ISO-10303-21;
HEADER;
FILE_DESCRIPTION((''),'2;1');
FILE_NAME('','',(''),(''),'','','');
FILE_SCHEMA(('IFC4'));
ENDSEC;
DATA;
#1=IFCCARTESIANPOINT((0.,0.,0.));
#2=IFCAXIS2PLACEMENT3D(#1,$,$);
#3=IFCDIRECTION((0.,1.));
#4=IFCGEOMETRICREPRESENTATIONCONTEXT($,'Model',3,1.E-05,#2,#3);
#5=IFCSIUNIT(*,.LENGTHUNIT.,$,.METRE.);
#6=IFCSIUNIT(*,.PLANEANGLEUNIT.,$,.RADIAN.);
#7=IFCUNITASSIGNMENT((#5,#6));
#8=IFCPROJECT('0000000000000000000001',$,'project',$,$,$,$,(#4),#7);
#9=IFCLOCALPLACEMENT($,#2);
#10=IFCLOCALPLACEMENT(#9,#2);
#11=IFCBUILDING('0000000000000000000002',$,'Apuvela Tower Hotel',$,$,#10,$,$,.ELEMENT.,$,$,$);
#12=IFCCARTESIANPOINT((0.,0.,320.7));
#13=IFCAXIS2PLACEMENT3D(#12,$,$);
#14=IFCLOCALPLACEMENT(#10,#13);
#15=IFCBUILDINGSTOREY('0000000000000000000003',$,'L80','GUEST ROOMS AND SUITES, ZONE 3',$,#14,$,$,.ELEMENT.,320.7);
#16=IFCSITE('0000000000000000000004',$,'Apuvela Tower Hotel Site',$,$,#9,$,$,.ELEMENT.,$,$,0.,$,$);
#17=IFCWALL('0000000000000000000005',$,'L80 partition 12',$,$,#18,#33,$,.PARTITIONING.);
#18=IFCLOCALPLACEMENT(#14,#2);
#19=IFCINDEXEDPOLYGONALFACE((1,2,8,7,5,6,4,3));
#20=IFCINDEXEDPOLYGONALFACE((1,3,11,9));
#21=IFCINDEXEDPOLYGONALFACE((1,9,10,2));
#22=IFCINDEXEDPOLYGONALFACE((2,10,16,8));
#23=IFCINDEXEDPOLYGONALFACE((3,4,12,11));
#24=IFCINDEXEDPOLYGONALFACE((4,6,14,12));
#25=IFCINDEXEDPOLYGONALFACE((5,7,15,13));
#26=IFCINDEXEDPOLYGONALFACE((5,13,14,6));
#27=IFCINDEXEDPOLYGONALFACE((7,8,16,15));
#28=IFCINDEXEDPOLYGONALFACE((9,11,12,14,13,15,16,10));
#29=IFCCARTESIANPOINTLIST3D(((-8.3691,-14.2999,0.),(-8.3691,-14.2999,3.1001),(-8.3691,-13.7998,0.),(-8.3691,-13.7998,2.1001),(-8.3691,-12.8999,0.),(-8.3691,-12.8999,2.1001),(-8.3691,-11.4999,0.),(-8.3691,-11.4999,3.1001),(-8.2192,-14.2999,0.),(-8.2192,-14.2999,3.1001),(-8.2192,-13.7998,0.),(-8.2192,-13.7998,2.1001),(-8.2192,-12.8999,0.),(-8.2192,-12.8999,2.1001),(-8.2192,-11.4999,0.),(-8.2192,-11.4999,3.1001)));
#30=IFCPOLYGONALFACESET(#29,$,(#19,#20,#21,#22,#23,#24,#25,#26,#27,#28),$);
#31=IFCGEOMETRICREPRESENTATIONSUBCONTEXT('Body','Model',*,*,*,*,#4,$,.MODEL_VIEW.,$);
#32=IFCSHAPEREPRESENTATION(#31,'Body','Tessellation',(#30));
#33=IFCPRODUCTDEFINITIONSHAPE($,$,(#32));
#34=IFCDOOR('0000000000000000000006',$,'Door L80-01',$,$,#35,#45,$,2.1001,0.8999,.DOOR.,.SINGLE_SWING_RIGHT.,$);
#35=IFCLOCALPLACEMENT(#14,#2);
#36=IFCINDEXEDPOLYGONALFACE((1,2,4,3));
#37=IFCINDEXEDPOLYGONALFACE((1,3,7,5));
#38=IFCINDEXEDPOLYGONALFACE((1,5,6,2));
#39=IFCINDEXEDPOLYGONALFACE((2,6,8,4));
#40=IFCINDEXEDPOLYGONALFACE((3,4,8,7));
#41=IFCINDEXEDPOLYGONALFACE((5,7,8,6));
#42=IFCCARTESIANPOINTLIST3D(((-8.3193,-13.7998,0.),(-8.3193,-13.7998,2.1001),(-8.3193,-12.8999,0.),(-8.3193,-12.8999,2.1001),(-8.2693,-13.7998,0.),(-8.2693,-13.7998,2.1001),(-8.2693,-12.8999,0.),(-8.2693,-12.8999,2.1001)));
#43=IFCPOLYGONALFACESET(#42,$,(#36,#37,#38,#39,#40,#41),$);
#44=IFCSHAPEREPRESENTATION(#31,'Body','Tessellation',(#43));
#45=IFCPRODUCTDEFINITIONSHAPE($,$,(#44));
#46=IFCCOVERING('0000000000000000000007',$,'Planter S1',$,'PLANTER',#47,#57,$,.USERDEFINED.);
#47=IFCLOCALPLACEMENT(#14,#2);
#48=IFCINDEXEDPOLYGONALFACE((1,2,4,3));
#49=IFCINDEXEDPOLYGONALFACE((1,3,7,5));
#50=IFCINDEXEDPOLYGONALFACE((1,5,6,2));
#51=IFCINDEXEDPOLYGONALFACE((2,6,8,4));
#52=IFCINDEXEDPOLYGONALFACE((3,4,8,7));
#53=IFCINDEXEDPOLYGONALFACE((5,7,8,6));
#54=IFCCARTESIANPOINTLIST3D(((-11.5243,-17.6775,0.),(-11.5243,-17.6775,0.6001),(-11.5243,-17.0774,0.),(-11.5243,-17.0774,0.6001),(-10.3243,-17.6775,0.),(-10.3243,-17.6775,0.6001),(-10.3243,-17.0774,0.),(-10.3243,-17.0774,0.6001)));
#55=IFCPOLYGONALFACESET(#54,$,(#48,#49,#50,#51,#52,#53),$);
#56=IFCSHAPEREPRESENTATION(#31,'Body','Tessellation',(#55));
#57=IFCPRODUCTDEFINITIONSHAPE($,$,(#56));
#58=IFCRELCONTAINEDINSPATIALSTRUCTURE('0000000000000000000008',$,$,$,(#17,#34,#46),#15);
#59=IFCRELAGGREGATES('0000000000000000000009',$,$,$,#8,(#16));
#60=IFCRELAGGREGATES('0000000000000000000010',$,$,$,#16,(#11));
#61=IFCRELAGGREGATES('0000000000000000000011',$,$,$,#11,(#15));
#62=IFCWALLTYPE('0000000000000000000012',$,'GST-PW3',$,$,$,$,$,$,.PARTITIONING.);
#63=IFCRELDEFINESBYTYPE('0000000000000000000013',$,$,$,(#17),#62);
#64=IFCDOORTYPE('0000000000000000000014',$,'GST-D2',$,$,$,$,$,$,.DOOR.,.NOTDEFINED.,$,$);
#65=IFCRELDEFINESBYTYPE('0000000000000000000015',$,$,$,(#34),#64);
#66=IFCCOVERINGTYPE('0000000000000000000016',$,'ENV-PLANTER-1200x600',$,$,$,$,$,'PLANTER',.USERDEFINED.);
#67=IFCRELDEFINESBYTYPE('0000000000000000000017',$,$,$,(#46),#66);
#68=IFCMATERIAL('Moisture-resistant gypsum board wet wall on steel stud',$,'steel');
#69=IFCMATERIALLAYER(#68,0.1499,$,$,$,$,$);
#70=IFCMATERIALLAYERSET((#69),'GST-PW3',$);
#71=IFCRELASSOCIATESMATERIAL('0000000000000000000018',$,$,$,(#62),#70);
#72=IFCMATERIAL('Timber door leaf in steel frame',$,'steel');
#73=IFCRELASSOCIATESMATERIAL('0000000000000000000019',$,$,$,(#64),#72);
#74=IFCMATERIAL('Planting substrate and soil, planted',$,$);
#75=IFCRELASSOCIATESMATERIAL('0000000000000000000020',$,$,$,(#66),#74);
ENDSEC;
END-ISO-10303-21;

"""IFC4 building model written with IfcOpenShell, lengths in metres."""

from ifc_helpers import new_model, si_unit, direction, frame, frame_2d, origin, origin_2d, place, context, subcontext, project, spatial, rectangle, extrude, material, layer, layer_set, type_object, element, fill, save


model = new_model("IFC4")

# Units and contexts
model_context = context("Model", 3, precision=1e-05, world=origin(), true_north=direction((0.0, 1.0)))
body_context = subcontext(model_context, "Body", "Model", "MODEL_VIEW")
ifc_project = project(units=[si_unit("LENGTHUNIT", "METRE"), si_unit("PLANEANGLEUNIT", "RADIAN")], contexts=[model_context])

# Site, building, storey
site_placement = place(None, origin())
site = spatial("IfcSite", under=ifc_project, at=site_placement, Name="Apuvela Tower Hotel Site", CompositionType="ELEMENT", RefElevation=0.0)
building_placement = place(site_placement, origin())
building = spatial("IfcBuilding", under=site, at=building_placement, Name="Apuvela Tower Hotel", CompositionType="ELEMENT")
storey_placement = place(building_placement, frame((0.0, 0.0, 320.7)))
storey = spatial("IfcBuildingStorey", under=building, at=storey_placement, Name="L80", Description="GUEST ROOMS AND SUITES, ZONE 3", CompositionType="ELEMENT", Elevation=320.7)

# Wall, opening, door
ifc_material_1 = material(Name="Timber door leaf in steel frame", Category="steel")
ifc_material_2 = material(Name="Moisture-resistant gypsum board wet wall on steel stud", Category="steel")
ifc_layer_1 = layer(ifc_material_2, 0.1499)
ifc_layer_set_1 = layer_set([ifc_layer_1], Name="GST-PW3")
wall_type_1 = type_object("IfcWallType", Name="GST-PW3", PredefinedType="PARTITIONING", material=ifc_layer_set_1)
wall_1_placement = place(storey_placement, frame((-8.2942, -11.5, 0.0), z_axis=(0.0, 0.0, 1.0), x_axis=(0.0, -1.0, 0.0)))
wall_1 = element("IfcWall", 1, at=wall_1_placement, inside=storey, type_object=wall_type_1, Name="L80 partition 12", PredefinedType="PARTITIONING", context=body_context, shape_type="SweptSolid", body=[
    extrude(rectangle(XDim=2.8, YDim=0.1499, at=frame_2d((1.3999, 0.0))), origin(), (0.0, 0.0, 1.0), 3.1001),
])
opening_1_placement = place(wall_1_placement, frame((1.3999, 0.0, 0.0)))
opening_1 = element("IfcOpeningElement", 2, at=opening_1_placement, cuts=wall_1, PredefinedType="OPENING", context=body_context, shape_type="SweptSolid", body=[
    extrude(rectangle(XDim=0.8999, YDim=2.1001, at=frame_2d((0.45, 1.05))), frame((0.0, 0.085, 0.0), z_axis=(0.0, -1.0, 0.0), x_axis=(1.0, 0.0, 0.0)), (0.0, 0.0, 1.0), 0.1699),
])
door_type_1 = type_object("IfcDoorType", Name="GST-D2", OperationType="NOTDEFINED", PredefinedType="DOOR", material=ifc_material_1)
door_1_placement = place(opening_1_placement, origin())
door_1 = element("IfcDoor", 3, at=door_1_placement, inside=storey, type_object=door_type_1, Name="Door L80-01", OperationType="SINGLE_SWING_RIGHT", OverallHeight=2.1001, OverallWidth=0.8999, PredefinedType="DOOR", context=body_context, shape_type="SweptSolid", body=[
    extrude(rectangle(XDim=0.8999, YDim=2.1001, at=frame_2d((0.45, 1.05))), frame((0.0, 0.0249, 0.0), z_axis=(0.0, -1.0, 0.0), x_axis=(1.0, 0.0, 0.0)), (0.0, 0.0, 1.0), 0.05),
])
fill(opening_1, door_1)

# Covering
ifc_material_3 = material(Name="Planting substrate and soil, planted")
covering_type = type_object("IfcCoveringType", Name="ENV-PLANTER-1200x600", ElementType="PLANTER", PredefinedType="USERDEFINED", material=ifc_material_3)
covering_placement = place(storey_placement, frame((-10.9243, -17.3774, 0.0), z_axis=(0.0, 0.0, 1.0), x_axis=(1.0, 0.0, 0.0)))
element("IfcCovering", 4, at=covering_placement, inside=storey, type_object=covering_type, Name="Planter S1", ObjectType="PLANTER", PredefinedType="USERDEFINED", context=body_context, shape_type="SweptSolid", body=[
    extrude(rectangle(XDim=1.2, YDim=0.6001, at=origin_2d()), origin(), (0.0, 0.0, 1.0), 0.6001),
])

save(model, "model.ifc")
